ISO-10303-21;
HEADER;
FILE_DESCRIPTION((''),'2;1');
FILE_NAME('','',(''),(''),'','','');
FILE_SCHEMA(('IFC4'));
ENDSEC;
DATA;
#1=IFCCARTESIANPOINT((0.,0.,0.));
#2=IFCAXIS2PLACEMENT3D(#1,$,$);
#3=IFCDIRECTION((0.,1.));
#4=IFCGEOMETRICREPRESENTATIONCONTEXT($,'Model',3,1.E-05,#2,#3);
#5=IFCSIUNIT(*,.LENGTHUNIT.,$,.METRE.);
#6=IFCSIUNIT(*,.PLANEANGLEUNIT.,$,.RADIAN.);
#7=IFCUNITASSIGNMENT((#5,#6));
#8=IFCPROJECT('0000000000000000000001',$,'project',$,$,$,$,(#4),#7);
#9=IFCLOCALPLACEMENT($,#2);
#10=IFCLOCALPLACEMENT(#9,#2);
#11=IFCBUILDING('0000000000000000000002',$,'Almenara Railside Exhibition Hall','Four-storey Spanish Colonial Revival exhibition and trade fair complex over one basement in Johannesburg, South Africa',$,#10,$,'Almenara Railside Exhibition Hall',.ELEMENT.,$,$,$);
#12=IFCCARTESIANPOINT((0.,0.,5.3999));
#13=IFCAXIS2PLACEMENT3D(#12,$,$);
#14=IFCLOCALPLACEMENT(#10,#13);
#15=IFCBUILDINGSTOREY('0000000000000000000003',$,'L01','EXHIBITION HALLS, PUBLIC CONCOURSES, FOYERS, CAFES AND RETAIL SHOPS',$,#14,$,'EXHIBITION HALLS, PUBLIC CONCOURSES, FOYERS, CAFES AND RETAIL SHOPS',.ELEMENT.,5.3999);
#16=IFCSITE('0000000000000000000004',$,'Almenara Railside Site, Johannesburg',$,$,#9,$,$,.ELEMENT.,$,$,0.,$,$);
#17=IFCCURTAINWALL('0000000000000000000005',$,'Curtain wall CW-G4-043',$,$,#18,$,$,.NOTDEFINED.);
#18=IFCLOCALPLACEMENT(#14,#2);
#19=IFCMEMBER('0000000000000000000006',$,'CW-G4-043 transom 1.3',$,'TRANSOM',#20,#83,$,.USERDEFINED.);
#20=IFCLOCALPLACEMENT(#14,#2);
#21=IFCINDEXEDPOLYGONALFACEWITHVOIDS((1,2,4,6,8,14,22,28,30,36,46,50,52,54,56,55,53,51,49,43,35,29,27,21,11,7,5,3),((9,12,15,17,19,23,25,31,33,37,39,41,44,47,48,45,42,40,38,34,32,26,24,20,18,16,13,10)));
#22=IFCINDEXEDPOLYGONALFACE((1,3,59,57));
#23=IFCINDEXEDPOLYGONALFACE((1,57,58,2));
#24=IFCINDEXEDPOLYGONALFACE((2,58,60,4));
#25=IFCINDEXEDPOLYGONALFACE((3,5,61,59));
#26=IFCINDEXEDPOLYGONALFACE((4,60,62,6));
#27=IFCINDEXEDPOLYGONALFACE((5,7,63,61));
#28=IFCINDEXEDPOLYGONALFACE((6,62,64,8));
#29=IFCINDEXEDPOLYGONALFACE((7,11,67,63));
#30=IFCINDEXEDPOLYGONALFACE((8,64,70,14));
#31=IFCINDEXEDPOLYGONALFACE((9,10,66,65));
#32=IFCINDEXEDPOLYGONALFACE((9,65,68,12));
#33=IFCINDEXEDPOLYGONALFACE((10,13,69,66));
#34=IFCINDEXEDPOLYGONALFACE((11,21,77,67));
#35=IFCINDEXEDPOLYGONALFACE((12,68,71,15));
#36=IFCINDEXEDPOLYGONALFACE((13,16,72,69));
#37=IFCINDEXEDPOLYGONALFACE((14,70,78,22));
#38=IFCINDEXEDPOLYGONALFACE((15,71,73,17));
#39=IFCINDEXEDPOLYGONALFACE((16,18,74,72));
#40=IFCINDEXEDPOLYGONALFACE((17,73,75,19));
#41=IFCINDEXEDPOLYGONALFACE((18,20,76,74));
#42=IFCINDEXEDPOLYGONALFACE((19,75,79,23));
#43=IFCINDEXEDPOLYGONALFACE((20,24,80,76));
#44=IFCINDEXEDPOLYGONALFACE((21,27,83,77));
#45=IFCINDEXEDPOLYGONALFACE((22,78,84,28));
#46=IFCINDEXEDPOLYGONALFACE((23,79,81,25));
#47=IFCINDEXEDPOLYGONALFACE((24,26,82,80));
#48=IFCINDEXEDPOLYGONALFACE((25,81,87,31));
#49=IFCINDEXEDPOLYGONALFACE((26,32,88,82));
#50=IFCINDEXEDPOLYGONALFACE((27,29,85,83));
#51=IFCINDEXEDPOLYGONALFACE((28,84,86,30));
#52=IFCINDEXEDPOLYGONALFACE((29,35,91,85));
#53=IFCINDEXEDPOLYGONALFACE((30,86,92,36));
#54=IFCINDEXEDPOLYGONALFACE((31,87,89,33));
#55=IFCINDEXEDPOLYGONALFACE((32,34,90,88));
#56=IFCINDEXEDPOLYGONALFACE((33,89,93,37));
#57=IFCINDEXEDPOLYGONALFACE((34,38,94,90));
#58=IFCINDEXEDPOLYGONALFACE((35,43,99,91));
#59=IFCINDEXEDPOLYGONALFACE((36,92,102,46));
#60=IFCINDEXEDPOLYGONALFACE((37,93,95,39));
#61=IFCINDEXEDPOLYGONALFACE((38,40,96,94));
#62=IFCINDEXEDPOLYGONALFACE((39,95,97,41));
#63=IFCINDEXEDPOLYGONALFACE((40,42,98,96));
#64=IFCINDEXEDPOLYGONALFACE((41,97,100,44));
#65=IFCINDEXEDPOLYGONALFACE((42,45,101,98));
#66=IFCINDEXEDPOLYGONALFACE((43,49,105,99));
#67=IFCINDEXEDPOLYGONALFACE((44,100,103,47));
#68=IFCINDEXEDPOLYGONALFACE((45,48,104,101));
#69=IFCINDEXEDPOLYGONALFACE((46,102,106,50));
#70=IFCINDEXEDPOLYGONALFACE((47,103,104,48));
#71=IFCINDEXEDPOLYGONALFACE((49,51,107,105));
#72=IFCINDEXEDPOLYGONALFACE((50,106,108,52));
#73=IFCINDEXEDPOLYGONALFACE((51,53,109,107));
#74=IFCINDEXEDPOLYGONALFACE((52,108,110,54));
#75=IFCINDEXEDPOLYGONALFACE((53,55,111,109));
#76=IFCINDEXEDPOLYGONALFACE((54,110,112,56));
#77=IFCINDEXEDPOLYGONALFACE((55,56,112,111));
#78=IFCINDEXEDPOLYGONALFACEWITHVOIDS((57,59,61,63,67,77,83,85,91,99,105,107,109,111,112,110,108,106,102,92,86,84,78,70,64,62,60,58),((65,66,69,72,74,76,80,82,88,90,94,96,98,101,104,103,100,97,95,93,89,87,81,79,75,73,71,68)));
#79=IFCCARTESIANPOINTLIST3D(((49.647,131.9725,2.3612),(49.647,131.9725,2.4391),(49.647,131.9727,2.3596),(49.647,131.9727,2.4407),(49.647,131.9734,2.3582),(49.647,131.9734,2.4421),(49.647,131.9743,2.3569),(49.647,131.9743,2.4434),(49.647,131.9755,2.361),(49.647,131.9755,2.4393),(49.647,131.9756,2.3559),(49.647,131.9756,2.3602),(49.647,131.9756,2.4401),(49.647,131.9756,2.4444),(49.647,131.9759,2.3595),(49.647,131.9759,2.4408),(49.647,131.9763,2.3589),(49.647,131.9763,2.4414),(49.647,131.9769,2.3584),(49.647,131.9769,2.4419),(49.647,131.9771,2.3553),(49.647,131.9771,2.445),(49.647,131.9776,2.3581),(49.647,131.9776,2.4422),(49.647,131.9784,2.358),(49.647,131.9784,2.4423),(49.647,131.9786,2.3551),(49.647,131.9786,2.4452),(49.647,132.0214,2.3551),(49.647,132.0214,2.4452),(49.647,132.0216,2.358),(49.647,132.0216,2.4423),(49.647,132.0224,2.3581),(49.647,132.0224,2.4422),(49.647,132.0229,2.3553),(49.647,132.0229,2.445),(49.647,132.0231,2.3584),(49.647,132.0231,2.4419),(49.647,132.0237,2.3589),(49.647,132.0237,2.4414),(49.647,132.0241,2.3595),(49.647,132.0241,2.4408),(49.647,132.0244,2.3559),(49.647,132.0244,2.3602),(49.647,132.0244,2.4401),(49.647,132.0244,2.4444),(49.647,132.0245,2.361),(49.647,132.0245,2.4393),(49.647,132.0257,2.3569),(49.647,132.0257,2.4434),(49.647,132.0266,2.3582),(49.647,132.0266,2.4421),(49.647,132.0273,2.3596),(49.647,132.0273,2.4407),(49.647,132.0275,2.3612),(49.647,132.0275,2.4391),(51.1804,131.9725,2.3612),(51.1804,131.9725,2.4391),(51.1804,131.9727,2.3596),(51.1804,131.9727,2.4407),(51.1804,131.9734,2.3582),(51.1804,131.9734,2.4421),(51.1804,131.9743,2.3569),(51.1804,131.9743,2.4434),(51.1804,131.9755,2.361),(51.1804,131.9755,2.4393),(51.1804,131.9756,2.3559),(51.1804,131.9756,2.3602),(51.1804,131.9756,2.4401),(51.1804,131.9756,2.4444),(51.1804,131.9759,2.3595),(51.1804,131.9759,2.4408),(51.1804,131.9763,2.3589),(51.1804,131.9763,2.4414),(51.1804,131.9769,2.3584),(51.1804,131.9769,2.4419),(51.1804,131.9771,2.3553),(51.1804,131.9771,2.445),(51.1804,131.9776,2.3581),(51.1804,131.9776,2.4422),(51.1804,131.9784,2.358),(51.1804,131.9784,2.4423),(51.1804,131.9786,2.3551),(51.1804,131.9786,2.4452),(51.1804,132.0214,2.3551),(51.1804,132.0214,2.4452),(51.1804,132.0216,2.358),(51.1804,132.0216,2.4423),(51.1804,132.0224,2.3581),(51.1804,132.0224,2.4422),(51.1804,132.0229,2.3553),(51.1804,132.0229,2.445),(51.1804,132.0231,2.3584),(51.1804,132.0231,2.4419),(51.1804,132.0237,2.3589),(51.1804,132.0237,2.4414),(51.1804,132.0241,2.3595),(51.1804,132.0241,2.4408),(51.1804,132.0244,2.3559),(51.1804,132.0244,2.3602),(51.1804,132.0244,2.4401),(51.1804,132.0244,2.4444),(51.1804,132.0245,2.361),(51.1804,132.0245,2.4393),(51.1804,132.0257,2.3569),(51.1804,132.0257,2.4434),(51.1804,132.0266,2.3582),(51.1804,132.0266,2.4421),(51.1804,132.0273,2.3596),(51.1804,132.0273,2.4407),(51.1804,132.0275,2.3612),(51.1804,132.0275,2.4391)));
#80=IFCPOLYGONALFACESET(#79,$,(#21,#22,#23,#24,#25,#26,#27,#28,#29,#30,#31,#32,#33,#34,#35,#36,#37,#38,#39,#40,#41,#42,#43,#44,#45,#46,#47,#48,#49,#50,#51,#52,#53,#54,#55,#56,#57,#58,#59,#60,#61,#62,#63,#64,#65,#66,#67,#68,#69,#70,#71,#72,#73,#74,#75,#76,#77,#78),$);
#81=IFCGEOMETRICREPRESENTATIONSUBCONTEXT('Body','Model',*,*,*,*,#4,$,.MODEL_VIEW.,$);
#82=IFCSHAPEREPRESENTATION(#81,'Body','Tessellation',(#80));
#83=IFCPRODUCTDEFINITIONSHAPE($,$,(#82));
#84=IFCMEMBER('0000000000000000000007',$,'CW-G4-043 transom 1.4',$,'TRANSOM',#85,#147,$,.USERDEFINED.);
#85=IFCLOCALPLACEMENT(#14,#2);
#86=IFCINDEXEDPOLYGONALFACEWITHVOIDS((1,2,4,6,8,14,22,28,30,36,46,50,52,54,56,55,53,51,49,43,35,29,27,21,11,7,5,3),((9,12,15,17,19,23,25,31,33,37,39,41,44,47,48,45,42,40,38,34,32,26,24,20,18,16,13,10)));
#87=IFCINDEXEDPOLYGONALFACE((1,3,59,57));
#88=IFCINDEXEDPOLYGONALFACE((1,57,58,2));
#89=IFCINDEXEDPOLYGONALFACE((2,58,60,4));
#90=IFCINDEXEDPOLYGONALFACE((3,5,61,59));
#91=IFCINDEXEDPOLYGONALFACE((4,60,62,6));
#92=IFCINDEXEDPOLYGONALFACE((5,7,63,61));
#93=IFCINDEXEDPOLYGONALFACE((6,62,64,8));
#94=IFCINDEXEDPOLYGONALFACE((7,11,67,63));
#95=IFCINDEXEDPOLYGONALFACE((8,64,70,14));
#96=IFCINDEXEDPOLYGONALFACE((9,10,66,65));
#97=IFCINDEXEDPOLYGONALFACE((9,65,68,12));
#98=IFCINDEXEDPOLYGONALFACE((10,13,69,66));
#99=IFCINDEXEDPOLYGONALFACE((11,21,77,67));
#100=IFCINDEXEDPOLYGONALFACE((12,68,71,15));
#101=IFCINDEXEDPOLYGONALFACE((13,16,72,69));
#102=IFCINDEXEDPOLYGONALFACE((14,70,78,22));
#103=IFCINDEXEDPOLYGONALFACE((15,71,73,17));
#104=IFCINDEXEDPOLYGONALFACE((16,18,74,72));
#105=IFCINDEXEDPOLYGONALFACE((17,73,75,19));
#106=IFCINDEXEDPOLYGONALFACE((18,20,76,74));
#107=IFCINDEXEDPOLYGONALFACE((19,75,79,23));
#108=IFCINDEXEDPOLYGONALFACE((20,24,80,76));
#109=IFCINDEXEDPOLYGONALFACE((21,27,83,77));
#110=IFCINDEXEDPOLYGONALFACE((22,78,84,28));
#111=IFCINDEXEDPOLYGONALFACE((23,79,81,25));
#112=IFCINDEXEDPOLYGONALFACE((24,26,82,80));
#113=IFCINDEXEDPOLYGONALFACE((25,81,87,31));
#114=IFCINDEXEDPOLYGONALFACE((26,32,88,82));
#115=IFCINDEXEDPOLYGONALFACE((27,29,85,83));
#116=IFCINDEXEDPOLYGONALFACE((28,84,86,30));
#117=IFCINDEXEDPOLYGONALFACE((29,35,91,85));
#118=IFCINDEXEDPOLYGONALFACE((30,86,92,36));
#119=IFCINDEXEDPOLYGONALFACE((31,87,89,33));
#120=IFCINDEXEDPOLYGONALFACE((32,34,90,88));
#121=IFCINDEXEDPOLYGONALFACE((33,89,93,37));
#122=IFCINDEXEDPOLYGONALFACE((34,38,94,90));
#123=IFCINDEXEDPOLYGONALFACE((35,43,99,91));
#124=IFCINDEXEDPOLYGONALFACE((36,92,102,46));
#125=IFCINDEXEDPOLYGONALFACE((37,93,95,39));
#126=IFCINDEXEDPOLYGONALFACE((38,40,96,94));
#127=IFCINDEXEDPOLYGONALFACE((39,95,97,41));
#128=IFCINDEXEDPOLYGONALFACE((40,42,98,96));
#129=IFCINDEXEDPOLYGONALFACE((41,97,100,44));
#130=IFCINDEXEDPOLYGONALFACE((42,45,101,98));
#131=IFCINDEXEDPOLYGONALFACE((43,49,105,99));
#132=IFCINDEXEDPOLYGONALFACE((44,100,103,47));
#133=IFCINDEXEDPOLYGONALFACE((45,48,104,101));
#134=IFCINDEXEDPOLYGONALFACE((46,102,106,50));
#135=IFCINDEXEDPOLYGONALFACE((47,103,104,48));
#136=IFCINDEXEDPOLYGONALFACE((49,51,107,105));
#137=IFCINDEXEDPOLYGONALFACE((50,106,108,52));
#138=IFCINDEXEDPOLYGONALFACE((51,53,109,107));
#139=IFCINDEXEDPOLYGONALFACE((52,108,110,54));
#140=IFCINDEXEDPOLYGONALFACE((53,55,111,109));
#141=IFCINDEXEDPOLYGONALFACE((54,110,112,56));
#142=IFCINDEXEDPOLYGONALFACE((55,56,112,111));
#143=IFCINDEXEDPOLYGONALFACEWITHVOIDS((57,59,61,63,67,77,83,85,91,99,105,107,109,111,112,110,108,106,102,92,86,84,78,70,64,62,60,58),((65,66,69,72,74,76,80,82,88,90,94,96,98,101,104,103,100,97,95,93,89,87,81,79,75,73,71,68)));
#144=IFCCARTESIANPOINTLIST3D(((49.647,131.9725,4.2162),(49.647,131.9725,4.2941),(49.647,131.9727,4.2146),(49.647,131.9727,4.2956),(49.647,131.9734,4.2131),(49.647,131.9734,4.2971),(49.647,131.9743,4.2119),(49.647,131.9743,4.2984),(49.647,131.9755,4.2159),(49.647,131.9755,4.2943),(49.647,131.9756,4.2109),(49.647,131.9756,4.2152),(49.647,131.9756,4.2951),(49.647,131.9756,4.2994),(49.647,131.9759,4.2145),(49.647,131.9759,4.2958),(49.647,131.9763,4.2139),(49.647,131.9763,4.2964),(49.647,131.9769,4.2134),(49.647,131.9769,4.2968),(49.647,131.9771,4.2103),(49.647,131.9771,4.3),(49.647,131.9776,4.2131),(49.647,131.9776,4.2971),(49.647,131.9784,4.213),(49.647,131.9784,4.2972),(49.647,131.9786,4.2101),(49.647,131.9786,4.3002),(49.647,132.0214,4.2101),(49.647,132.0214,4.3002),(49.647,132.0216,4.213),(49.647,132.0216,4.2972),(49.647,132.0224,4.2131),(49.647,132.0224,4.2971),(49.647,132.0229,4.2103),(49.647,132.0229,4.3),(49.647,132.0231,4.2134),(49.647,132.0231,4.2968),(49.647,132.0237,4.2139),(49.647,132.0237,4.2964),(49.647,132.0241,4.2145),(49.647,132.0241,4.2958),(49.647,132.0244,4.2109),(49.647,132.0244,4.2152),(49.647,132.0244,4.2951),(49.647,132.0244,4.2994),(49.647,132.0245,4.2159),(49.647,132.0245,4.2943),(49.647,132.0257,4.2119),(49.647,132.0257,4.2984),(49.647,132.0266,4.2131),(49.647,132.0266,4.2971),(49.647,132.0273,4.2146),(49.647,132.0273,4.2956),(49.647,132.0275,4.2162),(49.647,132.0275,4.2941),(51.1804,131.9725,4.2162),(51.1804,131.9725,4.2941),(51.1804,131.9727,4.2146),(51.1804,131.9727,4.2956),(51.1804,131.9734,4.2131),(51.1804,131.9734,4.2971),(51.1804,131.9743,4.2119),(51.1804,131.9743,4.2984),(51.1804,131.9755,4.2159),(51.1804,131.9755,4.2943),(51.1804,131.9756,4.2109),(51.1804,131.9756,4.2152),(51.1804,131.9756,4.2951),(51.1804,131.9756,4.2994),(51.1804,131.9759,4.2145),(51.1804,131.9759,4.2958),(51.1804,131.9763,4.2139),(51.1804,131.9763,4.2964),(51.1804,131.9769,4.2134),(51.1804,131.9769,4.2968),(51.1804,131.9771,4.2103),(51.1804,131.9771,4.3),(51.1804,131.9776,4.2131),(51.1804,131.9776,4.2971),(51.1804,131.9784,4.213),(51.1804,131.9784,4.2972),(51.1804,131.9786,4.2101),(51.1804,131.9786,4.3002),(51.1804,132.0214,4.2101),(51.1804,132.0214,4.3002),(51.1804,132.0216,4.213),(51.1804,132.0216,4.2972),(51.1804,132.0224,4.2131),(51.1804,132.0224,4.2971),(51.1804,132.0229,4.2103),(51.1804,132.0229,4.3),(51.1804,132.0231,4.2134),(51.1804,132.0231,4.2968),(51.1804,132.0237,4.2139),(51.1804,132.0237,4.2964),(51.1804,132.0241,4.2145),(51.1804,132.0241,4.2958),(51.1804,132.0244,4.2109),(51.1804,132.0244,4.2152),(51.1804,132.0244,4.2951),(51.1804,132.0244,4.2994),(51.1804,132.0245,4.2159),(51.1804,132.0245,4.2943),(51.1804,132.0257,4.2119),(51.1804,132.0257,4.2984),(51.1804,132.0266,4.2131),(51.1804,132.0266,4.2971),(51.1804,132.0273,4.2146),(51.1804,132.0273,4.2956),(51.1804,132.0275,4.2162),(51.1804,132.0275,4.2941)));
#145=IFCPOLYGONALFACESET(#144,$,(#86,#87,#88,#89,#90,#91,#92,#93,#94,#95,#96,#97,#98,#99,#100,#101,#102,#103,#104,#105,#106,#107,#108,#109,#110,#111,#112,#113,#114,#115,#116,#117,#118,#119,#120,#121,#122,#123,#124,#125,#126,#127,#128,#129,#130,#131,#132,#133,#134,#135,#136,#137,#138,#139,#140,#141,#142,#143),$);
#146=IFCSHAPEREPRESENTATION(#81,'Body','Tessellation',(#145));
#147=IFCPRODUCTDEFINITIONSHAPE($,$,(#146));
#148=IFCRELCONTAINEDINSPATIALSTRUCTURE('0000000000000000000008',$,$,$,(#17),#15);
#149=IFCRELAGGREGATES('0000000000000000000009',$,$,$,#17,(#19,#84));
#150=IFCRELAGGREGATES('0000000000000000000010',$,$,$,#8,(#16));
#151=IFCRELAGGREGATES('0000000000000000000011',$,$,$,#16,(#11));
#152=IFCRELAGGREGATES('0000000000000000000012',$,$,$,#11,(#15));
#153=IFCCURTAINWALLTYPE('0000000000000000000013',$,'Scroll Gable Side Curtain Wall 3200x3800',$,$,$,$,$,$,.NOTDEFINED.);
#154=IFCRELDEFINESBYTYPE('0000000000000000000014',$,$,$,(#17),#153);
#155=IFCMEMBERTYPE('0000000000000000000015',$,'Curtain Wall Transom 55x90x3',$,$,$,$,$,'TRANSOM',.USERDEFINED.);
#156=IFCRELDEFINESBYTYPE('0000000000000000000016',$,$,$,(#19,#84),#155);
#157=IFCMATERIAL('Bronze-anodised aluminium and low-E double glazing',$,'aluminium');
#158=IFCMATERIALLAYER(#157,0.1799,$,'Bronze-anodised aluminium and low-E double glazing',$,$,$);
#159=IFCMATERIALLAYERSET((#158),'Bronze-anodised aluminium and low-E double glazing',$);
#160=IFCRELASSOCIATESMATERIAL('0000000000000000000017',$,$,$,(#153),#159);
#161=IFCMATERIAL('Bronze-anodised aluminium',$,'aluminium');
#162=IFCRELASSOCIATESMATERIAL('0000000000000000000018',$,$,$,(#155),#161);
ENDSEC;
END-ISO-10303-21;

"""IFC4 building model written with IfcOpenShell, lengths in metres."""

from ifc_helpers import new_model, si_unit, direction, frame, origin, origin_2d, place, context, subcontext, project, spatial, hollow_rectangle, extrude, material, layer, layer_set, material_profile, profile_set, type_object, element, aggregate, save


model = new_model("IFC4")

# Units and contexts
model_context = context("Model", 3, precision=1e-05, world=origin(), true_north=direction((0.0, 1.0)))
body_context = subcontext(model_context, "Body", "Model", "MODEL_VIEW")
ifc_project = project(units=[si_unit("LENGTHUNIT", "METRE"), si_unit("PLANEANGLEUNIT", "RADIAN")], contexts=[model_context])

# Site, building, storey
site_placement = place(None, origin())
site = spatial("IfcSite", under=ifc_project, at=site_placement, Name="Almenara Railside Site, Johannesburg", CompositionType="ELEMENT", RefElevation=0.0)
building_placement = place(site_placement, origin())
building = spatial("IfcBuilding", under=site, at=building_placement, Name="Almenara Railside Exhibition Hall", Description="Four-storey Spanish Colonial Revival exhibition and trade fair complex over one basement in Johannesburg, South Africa", LongName="Almenara Railside Exhibition Hall", CompositionType="ELEMENT")
storey_placement = place(building_placement, frame((0.0, 0.0, 5.3999)))
storey = spatial("IfcBuildingStorey", under=building, at=storey_placement, Name="L01", Description="EXHIBITION HALLS, PUBLIC CONCOURSES, FOYERS, CAFES AND RETAIL SHOPS", LongName="EXHIBITION HALLS, PUBLIC CONCOURSES, FOYERS, CAFES AND RETAIL SHOPS", CompositionType="ELEMENT", Elevation=5.3999)

# Curtain wall
ifc_material_1 = material(Name="Bronze-anodised aluminium and low-E double glazing", Category="aluminium")
ifc_layer_1 = layer(ifc_material_1, 0.1799, Name="Bronze-anodised aluminium and low-E double glazing")
ifc_layer_set_1 = layer_set([ifc_layer_1], Name="Bronze-anodised aluminium and low-E double glazing")
curtain_wall_type_1 = type_object("IfcCurtainWallType", Name="Scroll Gable Side Curtain Wall 3200x3800", PredefinedType="NOTDEFINED", material=ifc_layer_set_1)
curtain_wall_1_placement = place(storey_placement, origin())
curtain_wall_1 = element("IfcCurtainWall", 1, at=curtain_wall_1_placement, inside=storey, type_object=curtain_wall_type_1, Name="Curtain wall CW-G4-043", PredefinedType="NOTDEFINED")
ifc_material_2 = material(Name="Bronze-anodised aluminium", Category="aluminium")

# Members
ifc_material_profile_1 = material_profile(ifc_material_2, hollow_rectangle(XDim=0.0549, YDim=0.0901, WallThickness=0.0029, InnerFilletRadius=0.0029, OuterFilletRadius=0.0061, at=origin_2d()), Name="ALU-TRN 55x90x3")
ifc_profile_set_1 = profile_set([ifc_material_profile_1], Name="Bronze-anodised aluminium")
member_type_1 = type_object("IfcMemberType", Name="Curtain Wall Transom 55x90x3", ElementType="TRANSOM", PredefinedType="USERDEFINED", material=ifc_profile_set_1)
member_1_placement = place(storey_placement, frame((49.647, 132.0, 2.4001), z_axis=(1.0, 0.0, 0.0), x_axis=(0.0, 1.0, 0.0)))
member_1 = element("IfcMember", 2, at=member_1_placement, type_object=member_type_1, Name="CW-G4-043 transom 1.3", ObjectType="TRANSOM", PredefinedType="USERDEFINED", context=body_context, shape_type="SweptSolid", body=[
    extrude(hollow_rectangle(XDim=0.0549, YDim=0.0901, WallThickness=0.0029, InnerFilletRadius=0.0029, OuterFilletRadius=0.0061, at=origin_2d()), origin(), (0.0, 0.0, 1.0), 1.5334),
])
member_2_placement = place(storey_placement, frame((49.647, 132.0, 4.2551), z_axis=(1.0, 0.0, 0.0), x_axis=(0.0, 1.0, 0.0)))
member_2 = element("IfcMember", 3, at=member_2_placement, type_object=member_type_1, Name="CW-G4-043 transom 1.4", ObjectType="TRANSOM", PredefinedType="USERDEFINED", context=body_context, shape_type="SweptSolid", body=[
    extrude(hollow_rectangle(XDim=0.0549, YDim=0.0901, WallThickness=0.0029, InnerFilletRadius=0.0029, OuterFilletRadius=0.0061, at=origin_2d()), origin(), (0.0, 0.0, 1.0), 1.5334),
])

aggregate(curtain_wall_1, [member_1, member_2])

save(model, "model.ifc")
